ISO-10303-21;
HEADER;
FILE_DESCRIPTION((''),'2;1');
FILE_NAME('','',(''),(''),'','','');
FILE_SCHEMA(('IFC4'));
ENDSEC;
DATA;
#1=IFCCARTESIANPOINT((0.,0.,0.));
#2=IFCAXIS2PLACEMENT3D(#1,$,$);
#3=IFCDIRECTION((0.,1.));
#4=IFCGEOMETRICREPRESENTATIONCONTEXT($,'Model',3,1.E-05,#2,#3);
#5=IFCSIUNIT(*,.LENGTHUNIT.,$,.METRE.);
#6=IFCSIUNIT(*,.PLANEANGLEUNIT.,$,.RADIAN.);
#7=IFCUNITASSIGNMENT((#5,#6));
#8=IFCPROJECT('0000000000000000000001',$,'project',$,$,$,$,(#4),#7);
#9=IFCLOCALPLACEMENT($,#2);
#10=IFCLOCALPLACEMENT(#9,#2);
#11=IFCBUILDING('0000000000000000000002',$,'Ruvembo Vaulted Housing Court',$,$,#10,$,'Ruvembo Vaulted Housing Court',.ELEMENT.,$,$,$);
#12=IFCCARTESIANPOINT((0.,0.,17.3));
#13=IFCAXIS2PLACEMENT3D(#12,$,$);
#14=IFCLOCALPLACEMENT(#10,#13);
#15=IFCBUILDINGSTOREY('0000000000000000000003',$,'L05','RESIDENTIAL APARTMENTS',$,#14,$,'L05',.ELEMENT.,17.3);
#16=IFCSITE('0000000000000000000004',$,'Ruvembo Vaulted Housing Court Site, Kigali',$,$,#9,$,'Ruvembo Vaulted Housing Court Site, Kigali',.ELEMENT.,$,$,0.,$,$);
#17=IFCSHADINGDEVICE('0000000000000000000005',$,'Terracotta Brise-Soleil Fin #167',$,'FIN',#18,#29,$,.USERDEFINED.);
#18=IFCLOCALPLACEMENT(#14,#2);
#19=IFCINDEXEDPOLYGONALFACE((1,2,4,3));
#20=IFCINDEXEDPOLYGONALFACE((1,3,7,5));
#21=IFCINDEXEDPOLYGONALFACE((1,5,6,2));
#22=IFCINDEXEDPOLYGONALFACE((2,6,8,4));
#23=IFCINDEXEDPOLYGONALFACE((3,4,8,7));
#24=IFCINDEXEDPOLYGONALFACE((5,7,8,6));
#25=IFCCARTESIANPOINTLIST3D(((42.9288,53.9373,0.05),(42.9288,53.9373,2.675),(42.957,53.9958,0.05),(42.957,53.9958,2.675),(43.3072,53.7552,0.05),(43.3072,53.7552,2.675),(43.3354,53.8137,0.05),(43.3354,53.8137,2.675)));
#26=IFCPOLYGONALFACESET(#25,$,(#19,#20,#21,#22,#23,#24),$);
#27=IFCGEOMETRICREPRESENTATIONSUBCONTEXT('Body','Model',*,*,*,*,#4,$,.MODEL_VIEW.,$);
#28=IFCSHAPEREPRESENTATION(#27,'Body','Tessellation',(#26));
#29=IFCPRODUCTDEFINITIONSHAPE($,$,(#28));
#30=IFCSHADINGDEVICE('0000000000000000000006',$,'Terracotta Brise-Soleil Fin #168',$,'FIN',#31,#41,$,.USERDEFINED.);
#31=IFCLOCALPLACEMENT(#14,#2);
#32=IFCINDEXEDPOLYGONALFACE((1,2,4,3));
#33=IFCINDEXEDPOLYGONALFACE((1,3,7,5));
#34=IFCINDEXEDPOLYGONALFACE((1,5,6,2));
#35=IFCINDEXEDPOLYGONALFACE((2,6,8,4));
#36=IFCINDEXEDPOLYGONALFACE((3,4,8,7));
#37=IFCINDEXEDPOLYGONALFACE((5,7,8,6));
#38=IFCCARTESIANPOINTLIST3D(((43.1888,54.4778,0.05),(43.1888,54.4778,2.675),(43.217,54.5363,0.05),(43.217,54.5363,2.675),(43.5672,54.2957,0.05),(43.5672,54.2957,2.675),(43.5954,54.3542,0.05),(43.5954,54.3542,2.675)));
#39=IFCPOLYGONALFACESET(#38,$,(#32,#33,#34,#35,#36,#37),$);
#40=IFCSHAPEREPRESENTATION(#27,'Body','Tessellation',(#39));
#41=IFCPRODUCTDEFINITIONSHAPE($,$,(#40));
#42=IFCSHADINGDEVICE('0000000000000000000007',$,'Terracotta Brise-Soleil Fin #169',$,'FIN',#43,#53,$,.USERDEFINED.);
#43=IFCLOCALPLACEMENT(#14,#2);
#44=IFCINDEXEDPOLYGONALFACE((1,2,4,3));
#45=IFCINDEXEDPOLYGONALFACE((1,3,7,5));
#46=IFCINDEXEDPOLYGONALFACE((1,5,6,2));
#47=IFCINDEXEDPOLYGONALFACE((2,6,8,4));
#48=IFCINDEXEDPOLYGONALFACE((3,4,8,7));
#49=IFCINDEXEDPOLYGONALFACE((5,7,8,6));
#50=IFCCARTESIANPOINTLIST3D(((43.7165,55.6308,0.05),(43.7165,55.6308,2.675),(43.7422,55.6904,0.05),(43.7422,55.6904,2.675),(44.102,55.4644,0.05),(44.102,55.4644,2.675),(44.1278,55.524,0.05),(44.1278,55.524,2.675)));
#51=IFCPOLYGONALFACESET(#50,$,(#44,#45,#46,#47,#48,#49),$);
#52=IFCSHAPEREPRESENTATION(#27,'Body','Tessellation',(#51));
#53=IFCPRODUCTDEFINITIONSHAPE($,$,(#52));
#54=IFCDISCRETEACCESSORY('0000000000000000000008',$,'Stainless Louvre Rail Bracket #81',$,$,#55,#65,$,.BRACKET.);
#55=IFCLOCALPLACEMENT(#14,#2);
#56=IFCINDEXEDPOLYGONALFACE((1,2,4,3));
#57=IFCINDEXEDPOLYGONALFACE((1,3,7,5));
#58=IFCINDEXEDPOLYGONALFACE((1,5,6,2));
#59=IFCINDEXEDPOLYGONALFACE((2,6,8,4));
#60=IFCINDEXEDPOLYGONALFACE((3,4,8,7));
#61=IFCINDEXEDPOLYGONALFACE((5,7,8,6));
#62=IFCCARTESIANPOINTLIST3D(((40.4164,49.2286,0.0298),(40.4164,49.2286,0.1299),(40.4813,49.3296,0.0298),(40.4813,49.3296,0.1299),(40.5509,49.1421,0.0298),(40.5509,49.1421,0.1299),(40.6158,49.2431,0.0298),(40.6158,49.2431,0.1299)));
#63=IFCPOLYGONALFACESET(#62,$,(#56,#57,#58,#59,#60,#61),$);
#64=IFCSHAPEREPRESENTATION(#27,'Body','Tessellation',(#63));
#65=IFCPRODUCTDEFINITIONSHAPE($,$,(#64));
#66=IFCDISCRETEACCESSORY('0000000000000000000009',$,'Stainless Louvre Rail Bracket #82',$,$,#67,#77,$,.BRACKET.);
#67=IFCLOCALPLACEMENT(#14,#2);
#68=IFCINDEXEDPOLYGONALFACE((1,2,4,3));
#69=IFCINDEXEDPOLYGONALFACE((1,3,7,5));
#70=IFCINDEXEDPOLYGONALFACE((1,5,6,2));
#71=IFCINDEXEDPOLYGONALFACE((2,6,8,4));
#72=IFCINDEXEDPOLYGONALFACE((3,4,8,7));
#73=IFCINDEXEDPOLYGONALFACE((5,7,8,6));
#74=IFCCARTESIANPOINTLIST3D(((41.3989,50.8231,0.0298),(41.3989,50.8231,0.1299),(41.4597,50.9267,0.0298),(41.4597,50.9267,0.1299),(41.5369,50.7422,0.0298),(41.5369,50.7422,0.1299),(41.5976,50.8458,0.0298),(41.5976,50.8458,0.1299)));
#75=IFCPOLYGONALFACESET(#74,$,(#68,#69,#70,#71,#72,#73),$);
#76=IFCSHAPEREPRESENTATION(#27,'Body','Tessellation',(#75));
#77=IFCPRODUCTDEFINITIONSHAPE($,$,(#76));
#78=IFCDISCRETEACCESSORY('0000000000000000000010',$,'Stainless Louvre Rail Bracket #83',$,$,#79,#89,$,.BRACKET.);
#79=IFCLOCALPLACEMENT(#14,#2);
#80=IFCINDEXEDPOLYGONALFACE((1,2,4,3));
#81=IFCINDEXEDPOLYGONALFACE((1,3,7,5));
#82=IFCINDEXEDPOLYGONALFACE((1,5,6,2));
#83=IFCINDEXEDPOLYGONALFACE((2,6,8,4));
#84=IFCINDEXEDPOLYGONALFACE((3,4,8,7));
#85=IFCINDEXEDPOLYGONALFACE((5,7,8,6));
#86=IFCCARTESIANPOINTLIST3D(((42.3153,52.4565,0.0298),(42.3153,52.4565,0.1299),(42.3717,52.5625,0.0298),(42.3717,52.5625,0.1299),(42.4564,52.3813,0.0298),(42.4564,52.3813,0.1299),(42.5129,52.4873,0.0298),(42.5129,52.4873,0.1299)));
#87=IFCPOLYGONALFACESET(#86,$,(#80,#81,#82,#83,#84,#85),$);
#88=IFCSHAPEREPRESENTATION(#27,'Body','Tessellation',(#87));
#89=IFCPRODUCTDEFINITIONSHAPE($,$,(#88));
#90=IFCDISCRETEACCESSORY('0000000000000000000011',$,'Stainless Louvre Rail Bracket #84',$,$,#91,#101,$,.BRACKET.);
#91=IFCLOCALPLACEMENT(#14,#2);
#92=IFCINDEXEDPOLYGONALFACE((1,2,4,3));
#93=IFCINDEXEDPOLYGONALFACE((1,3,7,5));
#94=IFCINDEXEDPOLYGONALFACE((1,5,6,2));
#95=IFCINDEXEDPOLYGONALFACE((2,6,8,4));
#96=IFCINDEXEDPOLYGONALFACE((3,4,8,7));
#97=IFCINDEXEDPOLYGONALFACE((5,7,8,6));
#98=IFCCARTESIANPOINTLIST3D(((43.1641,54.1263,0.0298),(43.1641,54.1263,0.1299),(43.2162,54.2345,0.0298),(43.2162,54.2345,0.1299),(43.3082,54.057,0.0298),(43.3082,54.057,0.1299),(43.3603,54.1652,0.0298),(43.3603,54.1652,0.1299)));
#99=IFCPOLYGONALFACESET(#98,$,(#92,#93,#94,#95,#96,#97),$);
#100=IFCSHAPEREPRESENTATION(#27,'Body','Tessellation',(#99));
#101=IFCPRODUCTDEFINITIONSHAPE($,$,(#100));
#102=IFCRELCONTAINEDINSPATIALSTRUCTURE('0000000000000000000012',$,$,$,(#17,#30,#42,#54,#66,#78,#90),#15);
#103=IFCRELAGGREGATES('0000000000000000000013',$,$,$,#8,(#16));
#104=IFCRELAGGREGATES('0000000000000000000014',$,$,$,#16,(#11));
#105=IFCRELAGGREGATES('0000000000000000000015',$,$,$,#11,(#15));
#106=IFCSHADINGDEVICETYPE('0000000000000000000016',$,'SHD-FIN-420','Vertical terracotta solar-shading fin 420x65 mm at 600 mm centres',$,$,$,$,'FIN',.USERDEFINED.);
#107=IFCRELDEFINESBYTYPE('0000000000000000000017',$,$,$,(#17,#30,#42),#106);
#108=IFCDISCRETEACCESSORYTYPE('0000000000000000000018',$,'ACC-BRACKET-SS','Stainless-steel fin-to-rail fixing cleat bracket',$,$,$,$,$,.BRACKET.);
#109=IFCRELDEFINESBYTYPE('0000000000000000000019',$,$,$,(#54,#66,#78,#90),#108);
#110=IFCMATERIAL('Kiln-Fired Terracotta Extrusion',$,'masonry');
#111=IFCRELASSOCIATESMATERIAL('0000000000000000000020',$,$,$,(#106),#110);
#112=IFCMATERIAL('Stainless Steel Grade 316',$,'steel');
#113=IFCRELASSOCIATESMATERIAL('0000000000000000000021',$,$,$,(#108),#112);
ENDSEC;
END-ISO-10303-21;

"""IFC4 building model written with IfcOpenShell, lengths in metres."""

from ifc_helpers import new_model, si_unit, direction, frame, origin, origin_2d, place, context, subcontext, project, spatial, rectangle, extrude, material, type_object, element, save


model = new_model("IFC4")

# Units and contexts
model_context = context("Model", 3, precision=1e-05, world=origin(), true_north=direction((0.0, 1.0)))
body_context = subcontext(model_context, "Body", "Model", "MODEL_VIEW")
ifc_project = project(units=[si_unit("LENGTHUNIT", "METRE"), si_unit("PLANEANGLEUNIT", "RADIAN")], contexts=[model_context])

# Site, building, storey
site_placement = place(None, origin())
site = spatial("IfcSite", under=ifc_project, at=site_placement, Name="Ruvembo Vaulted Housing Court Site, Kigali", LongName="Ruvembo Vaulted Housing Court Site, Kigali", CompositionType="ELEMENT", RefElevation=0.0)
building_placement = place(site_placement, origin())
building = spatial("IfcBuilding", under=site, at=building_placement, Name="Ruvembo Vaulted Housing Court", LongName="Ruvembo Vaulted Housing Court", CompositionType="ELEMENT")
storey_placement = place(building_placement, frame((0.0, 0.0, 17.3)))
storey = spatial("IfcBuildingStorey", under=building, at=storey_placement, Name="L05", Description="RESIDENTIAL APARTMENTS", LongName="L05", CompositionType="ELEMENT", Elevation=17.3)

# Shading devices
ifc_material_1 = material(Name="Kiln-Fired Terracotta Extrusion", Category="masonry")
shading_device_type = type_object("IfcShadingDeviceType", Name="SHD-FIN-420", Description="Vertical terracotta solar-shading fin 420x65 mm at 600 mm centres", ElementType="FIN", PredefinedType="USERDEFINED", material=ifc_material_1)
for number, where, z_axis, x_axis, name in (
    (1, (43.1321, 53.8755, 0.05), (0.0, 0.0, 1.0), (0.9011, -0.433612, 0.0), "Terracotta Brise-Soleil Fin #167"),
    (2, (43.3921, 54.416, 0.05), (0.0, 0.0, 1.0), (0.9011, -0.433612, 0.0), "Terracotta Brise-Soleil Fin #168"),
    (3, (43.9221, 55.5774, 0.05), (0.0, 0.0, 1.0), (0.918122, -0.396299, 0.0), "Terracotta Brise-Soleil Fin #169"),
):
    element("IfcShadingDevice", number, at=place(storey_placement, frame(where, z_axis=z_axis, x_axis=x_axis)), inside=storey, type_object=shading_device_type, Name=name, ObjectType="FIN", PredefinedType="USERDEFINED", context=body_context, shape_type="SweptSolid", body=[
        extrude(rectangle(XDim=0.4199, YDim=0.0649, at=origin_2d()), origin(), (0.0, 0.0, 1.0), 2.625),
    ])

# Discrete accessories
ifc_material_2 = material(Name="Stainless Steel Grade 316", Category="steel")
discrete_accessory_type = type_object("IfcDiscreteAccessoryType", Name="ACC-BRACKET-SS", Description="Stainless-steel fin-to-rail fixing cleat bracket", PredefinedType="BRACKET", material=ifc_material_2)
for number, where, z_axis, x_axis, name in (
    (4, (40.5161, 49.2358, 0.0298), (0.0, 0.0, 1.0), (0.841115, -0.540857, 0.0), "Stainless Louvre Rail Bracket #81"),
    (5, (41.4983, 50.8345, 0.0298), (0.0, 0.0, 1.0), (0.86262, -0.505853, 0.0), "Stainless Louvre Rail Bracket #82"),
    (6, (42.4141, 52.4719, 0.0298), (0.0, 0.0, 1.0), (0.882587, -0.470149, 0.0), "Stainless Louvre Rail Bracket #83"),
    (7, (43.2622, 54.1458, 0.0298), (0.0, 0.0, 1.0), (0.9011, -0.433612, 0.0), "Stainless Louvre Rail Bracket #84"),
):
    element("IfcDiscreteAccessory", number, at=place(storey_placement, frame(where, z_axis=z_axis, x_axis=x_axis)), inside=storey, type_object=discrete_accessory_type, Name=name, PredefinedType="BRACKET", context=body_context, shape_type="SweptSolid", body=[
        extrude(rectangle(XDim=0.1599, YDim=0.1201, at=origin_2d()), origin(), (0.0, 0.0, 1.0), 0.1001),
    ])

save(model, "model.ifc")
